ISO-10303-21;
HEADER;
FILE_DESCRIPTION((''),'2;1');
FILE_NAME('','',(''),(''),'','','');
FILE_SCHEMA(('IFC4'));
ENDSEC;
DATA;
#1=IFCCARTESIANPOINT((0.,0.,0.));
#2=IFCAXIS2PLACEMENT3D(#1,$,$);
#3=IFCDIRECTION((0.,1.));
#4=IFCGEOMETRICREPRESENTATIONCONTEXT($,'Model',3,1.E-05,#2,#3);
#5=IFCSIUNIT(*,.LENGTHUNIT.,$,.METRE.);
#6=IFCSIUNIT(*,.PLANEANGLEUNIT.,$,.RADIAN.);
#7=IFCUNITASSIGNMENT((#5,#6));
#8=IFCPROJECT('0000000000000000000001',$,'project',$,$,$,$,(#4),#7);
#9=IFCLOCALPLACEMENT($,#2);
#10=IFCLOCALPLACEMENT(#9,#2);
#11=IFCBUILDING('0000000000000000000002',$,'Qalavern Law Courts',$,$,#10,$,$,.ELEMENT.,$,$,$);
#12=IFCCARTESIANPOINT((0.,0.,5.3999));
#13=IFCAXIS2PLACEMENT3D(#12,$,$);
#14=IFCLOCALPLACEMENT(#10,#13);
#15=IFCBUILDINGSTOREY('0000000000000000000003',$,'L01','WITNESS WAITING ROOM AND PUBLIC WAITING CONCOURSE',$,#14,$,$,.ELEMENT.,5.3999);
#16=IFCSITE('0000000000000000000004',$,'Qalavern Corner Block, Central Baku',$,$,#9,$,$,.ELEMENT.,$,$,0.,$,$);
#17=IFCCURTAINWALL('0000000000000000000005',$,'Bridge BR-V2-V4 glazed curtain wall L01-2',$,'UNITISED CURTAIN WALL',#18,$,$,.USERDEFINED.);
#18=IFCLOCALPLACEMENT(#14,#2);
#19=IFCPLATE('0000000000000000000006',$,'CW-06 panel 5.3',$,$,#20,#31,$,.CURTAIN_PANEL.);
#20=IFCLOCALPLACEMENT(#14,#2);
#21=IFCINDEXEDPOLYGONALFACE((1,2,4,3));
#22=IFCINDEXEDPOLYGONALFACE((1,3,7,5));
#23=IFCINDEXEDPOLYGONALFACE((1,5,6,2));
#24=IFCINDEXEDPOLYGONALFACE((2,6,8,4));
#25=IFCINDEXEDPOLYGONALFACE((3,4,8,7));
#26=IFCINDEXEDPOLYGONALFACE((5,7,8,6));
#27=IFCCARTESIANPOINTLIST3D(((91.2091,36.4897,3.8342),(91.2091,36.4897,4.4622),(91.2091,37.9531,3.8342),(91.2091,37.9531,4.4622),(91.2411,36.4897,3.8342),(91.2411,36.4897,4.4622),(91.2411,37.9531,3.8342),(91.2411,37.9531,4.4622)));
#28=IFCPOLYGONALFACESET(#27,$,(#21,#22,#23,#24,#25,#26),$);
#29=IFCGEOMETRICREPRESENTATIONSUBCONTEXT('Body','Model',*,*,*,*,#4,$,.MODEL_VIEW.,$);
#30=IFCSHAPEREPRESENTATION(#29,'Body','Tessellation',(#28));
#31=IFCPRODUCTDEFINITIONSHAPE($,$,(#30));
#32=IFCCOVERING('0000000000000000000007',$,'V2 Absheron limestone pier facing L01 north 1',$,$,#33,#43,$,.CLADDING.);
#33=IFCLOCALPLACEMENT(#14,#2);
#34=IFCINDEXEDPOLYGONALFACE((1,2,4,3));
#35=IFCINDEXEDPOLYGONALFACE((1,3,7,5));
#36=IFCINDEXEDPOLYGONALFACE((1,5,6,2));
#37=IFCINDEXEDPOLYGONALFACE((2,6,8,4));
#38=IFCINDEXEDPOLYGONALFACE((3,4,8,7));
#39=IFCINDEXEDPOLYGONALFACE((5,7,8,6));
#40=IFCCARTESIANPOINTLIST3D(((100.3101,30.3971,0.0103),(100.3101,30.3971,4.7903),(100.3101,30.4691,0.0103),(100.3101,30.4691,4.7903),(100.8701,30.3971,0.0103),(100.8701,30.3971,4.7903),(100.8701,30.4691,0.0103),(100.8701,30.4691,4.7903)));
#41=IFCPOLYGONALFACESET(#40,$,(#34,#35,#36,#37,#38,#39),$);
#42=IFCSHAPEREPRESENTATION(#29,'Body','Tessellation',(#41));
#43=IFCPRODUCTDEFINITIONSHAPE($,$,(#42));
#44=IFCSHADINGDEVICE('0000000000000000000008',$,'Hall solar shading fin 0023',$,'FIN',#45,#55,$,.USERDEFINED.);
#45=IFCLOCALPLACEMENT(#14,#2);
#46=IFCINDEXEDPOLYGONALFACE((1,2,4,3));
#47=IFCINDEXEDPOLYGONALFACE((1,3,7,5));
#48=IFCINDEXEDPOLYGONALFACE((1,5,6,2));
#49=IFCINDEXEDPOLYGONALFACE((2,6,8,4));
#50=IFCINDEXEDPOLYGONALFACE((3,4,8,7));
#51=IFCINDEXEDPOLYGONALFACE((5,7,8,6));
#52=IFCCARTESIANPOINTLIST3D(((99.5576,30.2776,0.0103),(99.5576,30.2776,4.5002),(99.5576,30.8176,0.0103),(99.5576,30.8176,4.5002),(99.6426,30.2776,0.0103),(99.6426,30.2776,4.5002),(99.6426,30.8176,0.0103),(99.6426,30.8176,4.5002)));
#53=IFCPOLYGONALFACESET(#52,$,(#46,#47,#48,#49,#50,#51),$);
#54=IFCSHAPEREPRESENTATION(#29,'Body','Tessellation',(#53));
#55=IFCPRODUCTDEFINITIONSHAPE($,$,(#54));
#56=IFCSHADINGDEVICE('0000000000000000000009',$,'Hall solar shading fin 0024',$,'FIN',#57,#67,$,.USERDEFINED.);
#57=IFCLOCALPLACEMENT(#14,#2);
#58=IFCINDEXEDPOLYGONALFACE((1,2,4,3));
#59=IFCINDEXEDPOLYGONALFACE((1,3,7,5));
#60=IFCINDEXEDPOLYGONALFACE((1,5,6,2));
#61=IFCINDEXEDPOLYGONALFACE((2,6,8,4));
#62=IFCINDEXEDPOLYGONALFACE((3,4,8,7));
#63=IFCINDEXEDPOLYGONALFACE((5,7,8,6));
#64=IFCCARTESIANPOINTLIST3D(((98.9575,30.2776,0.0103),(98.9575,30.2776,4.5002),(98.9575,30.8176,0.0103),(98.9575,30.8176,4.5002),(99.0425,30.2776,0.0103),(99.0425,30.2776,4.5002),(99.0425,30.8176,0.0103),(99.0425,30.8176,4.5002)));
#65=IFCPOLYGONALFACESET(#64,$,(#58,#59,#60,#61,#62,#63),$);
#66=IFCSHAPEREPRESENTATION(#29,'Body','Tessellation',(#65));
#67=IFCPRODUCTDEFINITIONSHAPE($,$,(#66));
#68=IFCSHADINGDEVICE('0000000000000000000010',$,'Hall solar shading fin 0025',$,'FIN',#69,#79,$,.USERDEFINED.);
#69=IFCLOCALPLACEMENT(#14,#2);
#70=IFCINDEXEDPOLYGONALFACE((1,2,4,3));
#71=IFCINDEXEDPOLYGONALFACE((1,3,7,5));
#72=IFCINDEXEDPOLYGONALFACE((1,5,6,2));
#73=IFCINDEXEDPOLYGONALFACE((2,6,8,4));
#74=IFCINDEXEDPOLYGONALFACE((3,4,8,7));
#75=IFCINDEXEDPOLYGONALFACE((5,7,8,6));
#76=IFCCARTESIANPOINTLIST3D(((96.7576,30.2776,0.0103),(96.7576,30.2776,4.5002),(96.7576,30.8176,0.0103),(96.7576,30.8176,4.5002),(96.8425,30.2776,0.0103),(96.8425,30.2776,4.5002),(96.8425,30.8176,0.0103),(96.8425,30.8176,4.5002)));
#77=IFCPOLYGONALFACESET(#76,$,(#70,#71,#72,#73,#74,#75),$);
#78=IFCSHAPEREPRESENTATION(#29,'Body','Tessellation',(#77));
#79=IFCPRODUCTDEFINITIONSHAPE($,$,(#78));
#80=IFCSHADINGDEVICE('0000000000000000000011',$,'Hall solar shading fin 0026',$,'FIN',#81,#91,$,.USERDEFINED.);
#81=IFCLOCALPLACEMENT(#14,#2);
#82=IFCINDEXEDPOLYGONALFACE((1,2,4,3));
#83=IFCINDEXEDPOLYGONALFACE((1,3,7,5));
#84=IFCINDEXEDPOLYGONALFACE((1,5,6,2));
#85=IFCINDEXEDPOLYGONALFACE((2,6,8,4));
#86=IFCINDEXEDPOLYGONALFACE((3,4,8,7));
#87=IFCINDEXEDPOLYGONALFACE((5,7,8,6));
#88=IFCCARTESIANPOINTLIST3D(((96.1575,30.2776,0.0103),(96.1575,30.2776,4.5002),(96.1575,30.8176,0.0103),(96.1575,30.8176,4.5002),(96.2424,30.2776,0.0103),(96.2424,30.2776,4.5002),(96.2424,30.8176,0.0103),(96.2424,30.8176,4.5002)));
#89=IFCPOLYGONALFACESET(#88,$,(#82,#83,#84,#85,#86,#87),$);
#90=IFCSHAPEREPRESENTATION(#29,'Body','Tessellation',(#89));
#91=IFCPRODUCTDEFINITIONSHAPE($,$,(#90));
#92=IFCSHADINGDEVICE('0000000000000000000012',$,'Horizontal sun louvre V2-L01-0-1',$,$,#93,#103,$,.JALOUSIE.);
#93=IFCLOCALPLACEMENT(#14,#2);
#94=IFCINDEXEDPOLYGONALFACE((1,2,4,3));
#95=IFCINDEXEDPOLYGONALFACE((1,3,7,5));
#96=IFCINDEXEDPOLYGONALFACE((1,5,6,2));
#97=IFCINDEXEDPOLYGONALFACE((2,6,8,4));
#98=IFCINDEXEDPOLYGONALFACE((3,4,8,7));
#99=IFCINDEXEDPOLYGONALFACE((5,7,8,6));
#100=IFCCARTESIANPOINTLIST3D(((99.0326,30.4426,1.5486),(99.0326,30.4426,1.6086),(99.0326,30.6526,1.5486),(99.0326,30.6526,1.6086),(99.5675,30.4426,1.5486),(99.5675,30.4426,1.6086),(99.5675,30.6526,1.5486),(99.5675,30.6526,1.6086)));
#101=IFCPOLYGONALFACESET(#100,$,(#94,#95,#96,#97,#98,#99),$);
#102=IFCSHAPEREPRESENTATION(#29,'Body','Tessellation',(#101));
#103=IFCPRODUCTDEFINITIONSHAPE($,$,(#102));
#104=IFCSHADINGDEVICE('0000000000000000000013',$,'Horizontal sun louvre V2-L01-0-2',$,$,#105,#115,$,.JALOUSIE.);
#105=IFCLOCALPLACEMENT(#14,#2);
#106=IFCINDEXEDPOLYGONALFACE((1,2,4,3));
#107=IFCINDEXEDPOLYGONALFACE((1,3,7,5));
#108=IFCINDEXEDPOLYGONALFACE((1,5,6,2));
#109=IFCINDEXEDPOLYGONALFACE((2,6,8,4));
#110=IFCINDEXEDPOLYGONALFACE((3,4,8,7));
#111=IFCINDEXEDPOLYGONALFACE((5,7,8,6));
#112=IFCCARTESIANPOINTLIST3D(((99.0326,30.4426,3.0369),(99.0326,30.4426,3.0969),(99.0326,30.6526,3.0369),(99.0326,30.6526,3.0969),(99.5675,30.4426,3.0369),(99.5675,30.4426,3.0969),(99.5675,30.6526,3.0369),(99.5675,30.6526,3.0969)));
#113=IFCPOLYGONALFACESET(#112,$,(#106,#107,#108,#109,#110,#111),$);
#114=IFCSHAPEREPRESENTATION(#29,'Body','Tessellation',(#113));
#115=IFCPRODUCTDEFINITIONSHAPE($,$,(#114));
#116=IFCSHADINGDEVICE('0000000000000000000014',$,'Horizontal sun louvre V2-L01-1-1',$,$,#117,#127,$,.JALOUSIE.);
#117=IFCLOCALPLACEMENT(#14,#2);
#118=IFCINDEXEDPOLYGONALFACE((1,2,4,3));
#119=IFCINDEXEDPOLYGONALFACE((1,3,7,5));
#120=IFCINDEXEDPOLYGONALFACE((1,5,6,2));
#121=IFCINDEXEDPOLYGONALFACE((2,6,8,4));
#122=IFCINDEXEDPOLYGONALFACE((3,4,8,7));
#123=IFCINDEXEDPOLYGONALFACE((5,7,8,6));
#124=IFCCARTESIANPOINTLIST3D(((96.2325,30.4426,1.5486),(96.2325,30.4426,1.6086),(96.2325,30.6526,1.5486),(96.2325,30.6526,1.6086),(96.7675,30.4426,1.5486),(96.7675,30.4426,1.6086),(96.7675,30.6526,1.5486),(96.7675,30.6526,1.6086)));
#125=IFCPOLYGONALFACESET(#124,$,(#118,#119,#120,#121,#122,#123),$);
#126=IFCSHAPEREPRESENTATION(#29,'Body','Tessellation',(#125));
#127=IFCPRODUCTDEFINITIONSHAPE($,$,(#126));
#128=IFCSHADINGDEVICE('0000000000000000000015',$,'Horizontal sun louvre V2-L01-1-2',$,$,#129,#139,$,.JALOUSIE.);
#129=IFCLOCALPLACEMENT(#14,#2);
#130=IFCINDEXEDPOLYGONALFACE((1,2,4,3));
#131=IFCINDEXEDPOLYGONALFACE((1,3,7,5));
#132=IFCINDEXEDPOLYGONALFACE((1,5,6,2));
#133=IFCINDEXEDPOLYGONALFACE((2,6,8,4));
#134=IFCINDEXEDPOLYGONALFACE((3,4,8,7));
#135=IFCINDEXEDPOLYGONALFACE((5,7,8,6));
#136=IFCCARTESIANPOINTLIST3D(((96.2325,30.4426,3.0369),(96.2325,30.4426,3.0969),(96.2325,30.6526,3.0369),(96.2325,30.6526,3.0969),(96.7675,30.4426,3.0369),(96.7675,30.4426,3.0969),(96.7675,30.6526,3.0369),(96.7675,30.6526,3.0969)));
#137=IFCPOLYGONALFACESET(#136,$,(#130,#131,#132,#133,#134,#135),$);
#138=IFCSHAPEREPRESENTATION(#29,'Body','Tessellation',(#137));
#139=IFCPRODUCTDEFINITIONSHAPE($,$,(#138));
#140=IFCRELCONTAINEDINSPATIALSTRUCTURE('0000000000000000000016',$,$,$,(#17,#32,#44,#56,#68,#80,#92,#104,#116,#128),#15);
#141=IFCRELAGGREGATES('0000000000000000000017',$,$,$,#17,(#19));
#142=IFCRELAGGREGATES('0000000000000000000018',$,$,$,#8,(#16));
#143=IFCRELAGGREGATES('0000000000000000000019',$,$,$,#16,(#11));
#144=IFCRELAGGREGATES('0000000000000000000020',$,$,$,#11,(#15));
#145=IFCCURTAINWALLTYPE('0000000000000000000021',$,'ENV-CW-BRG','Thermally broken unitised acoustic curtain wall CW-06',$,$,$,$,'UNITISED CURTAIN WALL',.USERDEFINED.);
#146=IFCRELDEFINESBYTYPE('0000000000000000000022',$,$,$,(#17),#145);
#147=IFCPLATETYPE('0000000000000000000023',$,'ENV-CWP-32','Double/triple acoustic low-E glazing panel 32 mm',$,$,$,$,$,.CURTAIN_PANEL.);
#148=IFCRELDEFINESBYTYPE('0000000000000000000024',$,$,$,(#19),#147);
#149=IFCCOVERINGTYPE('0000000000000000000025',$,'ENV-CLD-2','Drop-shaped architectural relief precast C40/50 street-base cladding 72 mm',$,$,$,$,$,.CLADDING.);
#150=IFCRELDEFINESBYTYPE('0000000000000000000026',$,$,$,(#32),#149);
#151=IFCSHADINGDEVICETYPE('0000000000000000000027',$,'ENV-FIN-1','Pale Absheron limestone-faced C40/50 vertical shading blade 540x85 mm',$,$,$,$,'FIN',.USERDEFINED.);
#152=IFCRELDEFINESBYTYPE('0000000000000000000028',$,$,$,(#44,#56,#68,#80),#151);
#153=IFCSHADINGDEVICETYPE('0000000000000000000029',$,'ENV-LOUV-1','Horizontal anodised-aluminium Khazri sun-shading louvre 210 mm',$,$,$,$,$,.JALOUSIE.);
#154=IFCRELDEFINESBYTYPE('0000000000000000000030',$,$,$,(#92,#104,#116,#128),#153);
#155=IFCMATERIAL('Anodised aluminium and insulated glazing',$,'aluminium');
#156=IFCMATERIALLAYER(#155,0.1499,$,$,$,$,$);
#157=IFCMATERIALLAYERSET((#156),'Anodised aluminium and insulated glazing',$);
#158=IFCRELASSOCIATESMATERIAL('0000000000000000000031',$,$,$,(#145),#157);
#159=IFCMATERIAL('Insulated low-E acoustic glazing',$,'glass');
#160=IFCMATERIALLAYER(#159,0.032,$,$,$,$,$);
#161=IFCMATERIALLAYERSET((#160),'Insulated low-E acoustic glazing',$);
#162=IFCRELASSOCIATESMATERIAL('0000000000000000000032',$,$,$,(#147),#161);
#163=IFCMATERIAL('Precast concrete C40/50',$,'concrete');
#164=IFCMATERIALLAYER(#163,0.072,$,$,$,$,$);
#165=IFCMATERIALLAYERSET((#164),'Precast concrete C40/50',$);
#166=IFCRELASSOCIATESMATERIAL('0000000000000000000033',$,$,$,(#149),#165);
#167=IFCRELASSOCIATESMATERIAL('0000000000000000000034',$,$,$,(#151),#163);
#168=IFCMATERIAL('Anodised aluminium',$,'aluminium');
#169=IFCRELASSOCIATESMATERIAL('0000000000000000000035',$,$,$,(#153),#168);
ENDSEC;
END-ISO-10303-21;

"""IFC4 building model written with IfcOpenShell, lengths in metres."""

from ifc_helpers import new_model, si_unit, direction, frame, origin, origin_2d, place, context, subcontext, project, spatial, rectangle, extrude, material, layer, layer_set, type_object, element, aggregate, save


model = new_model("IFC4")

# Units and contexts
model_context = context("Model", 3, precision=1e-05, world=origin(), true_north=direction((0.0, 1.0)))
body_context = subcontext(model_context, "Body", "Model", "MODEL_VIEW")
ifc_project = project(units=[si_unit("LENGTHUNIT", "METRE"), si_unit("PLANEANGLEUNIT", "RADIAN")], contexts=[model_context])

# Site, building, storey
site_placement = place(None, origin())
site = spatial("IfcSite", under=ifc_project, at=site_placement, Name="Qalavern Corner Block, Central Baku", CompositionType="ELEMENT", RefElevation=0.0)
building_placement = place(site_placement, origin())
building = spatial("IfcBuilding", under=site, at=building_placement, Name="Qalavern Law Courts", CompositionType="ELEMENT")
storey_placement = place(building_placement, frame((0.0, 0.0, 5.3999)))
storey = spatial("IfcBuildingStorey", under=building, at=storey_placement, Name="L01", Description="WITNESS WAITING ROOM AND PUBLIC WAITING CONCOURSE", CompositionType="ELEMENT", Elevation=5.3999)

# Curtain wall, plate
ifc_material_1 = material(Name="Anodised aluminium and insulated glazing", Category="aluminium")
ifc_layer_1 = layer(ifc_material_1, 0.1499)
ifc_layer_set_1 = layer_set([ifc_layer_1], Name="Anodised aluminium and insulated glazing")
curtain_wall_type = type_object("IfcCurtainWallType", Name="ENV-CW-BRG", Description="Thermally broken unitised acoustic curtain wall CW-06", ElementType="UNITISED CURTAIN WALL", PredefinedType="USERDEFINED", material=ifc_layer_set_1)
curtain_wall_placement = place(storey_placement, origin())
curtain_wall = element("IfcCurtainWall", 1, at=curtain_wall_placement, inside=storey, type_object=curtain_wall_type, Name="Bridge BR-V2-V4 glazed curtain wall L01-2", ObjectType="UNITISED CURTAIN WALL", PredefinedType="USERDEFINED")
ifc_material_2 = material(Name="Anodised aluminium", Category="aluminium")
ifc_material_3 = material(Name="Insulated low-E acoustic glazing", Category="glass")
ifc_layer_2 = layer(ifc_material_3, 0.032)
ifc_layer_set_2 = layer_set([ifc_layer_2], Name="Insulated low-E acoustic glazing")
plate_type = type_object("IfcPlateType", Name="ENV-CWP-32", Description="Double/triple acoustic low-E glazing panel 32 mm", PredefinedType="CURTAIN_PANEL", material=ifc_layer_set_2)
plate_1_placement = place(storey_placement, frame((91.2251, 37.2214, 3.8342), z_axis=(0.0, 0.0, 1.0), x_axis=(0.0, 1.0, 0.0)))
plate_1 = element("IfcPlate", 2, at=plate_1_placement, type_object=plate_type, Name="CW-06 panel 5.3", PredefinedType="CURTAIN_PANEL", context=body_context, shape_type="SweptSolid", body=[
    extrude(rectangle(XDim=1.4634, YDim=0.032, at=origin_2d()), origin(), (0.0, 0.0, 1.0), 0.6279),
])
aggregate(curtain_wall, [plate_1])

# Covering
ifc_material_4 = material(Name="Precast concrete C40/50", Category="concrete")
ifc_layer_3 = layer(ifc_material_4, 0.072)
ifc_layer_set_3 = layer_set([ifc_layer_3], Name="Precast concrete C40/50")
covering_type = type_object("IfcCoveringType", Name="ENV-CLD-2", Description="Drop-shaped architectural relief precast C40/50 street-base cladding 72 mm", PredefinedType="CLADDING", material=ifc_layer_set_3)
covering_placement = place(storey_placement, frame((100.5901, 30.4331, 0.0103), z_axis=(0.0, 0.0, 1.0), x_axis=(-1.0, 0.0, 0.0)))
element("IfcCovering", 3, at=covering_placement, inside=storey, type_object=covering_type, Name="V2 Absheron limestone pier facing L01 north 1", PredefinedType="CLADDING", context=body_context, shape_type="SweptSolid", body=[
    extrude(rectangle(XDim=0.5601, YDim=0.072, at=origin_2d()), origin(), (0.0, 0.0, 1.0), 4.78),
])

# Shading devices
shading_device_type_1 = type_object("IfcShadingDeviceType", Name="ENV-FIN-1", Description="Pale Absheron limestone-faced C40/50 vertical shading blade 540x85 mm", ElementType="FIN", PredefinedType="USERDEFINED", material=ifc_material_4)
for number, where, z_axis, x_axis, name in (
    (4, (99.6001, 30.5476, 0.0103), (0.0, 0.0, 1.0), (0.0, 1.0, 0.0), "Hall solar shading fin 0023"),
    (5, (99.0, 30.5476, 0.0103), (0.0, 0.0, 1.0), (0.0, 1.0, 0.0), "Hall solar shading fin 0024"),
    (6, (96.8, 30.5476, 0.0103), (0.0, 0.0, 1.0), (0.0, 1.0, 0.0), "Hall solar shading fin 0025"),
    (7, (96.2, 30.5476, 0.0103), (0.0, 0.0, 1.0), (0.0, 1.0, 0.0), "Hall solar shading fin 0026"),
):
    element("IfcShadingDevice", number, at=place(storey_placement, frame(where, z_axis=z_axis, x_axis=x_axis)), inside=storey, type_object=shading_device_type_1, Name=name, ObjectType="FIN", PredefinedType="USERDEFINED", context=body_context, shape_type="SweptSolid", body=[
        extrude(rectangle(XDim=0.54, YDim=0.085, at=origin_2d()), origin(), (0.0, 0.0, 1.0), 4.49),
    ])
shading_device_type_2 = type_object("IfcShadingDeviceType", Name="ENV-LOUV-1", Description="Horizontal anodised-aluminium Khazri sun-shading louvre 210 mm", PredefinedType="JALOUSIE", material=ifc_material_2)
for number, where, z_axis, x_axis, name in (
    (8, (99.3, 30.5476, 1.5486), (0.0, 0.0, 1.0), (-1.0, 0.0, 0.0), "Horizontal sun louvre V2-L01-0-1"),
    (9, (99.3, 30.5476, 3.0369), (0.0, 0.0, 1.0), (-1.0, 0.0, 0.0), "Horizontal sun louvre V2-L01-0-2"),
    (10, (96.5, 30.5476, 1.5486), (0.0, 0.0, 1.0), (-1.0, 0.0, 0.0), "Horizontal sun louvre V2-L01-1-1"),
    (11, (96.5, 30.5476, 3.0369), (0.0, 0.0, 1.0), (-1.0, 0.0, 0.0), "Horizontal sun louvre V2-L01-1-2"),
):
    element("IfcShadingDevice", number, at=place(storey_placement, frame(where, z_axis=z_axis, x_axis=x_axis)), inside=storey, type_object=shading_device_type_2, Name=name, PredefinedType="JALOUSIE", context=body_context, shape_type="SweptSolid", body=[
        extrude(rectangle(XDim=0.5349, YDim=0.21, at=origin_2d()), origin(), (0.0, 0.0, 1.0), 0.0601),
    ])

save(model, "model.ifc")
